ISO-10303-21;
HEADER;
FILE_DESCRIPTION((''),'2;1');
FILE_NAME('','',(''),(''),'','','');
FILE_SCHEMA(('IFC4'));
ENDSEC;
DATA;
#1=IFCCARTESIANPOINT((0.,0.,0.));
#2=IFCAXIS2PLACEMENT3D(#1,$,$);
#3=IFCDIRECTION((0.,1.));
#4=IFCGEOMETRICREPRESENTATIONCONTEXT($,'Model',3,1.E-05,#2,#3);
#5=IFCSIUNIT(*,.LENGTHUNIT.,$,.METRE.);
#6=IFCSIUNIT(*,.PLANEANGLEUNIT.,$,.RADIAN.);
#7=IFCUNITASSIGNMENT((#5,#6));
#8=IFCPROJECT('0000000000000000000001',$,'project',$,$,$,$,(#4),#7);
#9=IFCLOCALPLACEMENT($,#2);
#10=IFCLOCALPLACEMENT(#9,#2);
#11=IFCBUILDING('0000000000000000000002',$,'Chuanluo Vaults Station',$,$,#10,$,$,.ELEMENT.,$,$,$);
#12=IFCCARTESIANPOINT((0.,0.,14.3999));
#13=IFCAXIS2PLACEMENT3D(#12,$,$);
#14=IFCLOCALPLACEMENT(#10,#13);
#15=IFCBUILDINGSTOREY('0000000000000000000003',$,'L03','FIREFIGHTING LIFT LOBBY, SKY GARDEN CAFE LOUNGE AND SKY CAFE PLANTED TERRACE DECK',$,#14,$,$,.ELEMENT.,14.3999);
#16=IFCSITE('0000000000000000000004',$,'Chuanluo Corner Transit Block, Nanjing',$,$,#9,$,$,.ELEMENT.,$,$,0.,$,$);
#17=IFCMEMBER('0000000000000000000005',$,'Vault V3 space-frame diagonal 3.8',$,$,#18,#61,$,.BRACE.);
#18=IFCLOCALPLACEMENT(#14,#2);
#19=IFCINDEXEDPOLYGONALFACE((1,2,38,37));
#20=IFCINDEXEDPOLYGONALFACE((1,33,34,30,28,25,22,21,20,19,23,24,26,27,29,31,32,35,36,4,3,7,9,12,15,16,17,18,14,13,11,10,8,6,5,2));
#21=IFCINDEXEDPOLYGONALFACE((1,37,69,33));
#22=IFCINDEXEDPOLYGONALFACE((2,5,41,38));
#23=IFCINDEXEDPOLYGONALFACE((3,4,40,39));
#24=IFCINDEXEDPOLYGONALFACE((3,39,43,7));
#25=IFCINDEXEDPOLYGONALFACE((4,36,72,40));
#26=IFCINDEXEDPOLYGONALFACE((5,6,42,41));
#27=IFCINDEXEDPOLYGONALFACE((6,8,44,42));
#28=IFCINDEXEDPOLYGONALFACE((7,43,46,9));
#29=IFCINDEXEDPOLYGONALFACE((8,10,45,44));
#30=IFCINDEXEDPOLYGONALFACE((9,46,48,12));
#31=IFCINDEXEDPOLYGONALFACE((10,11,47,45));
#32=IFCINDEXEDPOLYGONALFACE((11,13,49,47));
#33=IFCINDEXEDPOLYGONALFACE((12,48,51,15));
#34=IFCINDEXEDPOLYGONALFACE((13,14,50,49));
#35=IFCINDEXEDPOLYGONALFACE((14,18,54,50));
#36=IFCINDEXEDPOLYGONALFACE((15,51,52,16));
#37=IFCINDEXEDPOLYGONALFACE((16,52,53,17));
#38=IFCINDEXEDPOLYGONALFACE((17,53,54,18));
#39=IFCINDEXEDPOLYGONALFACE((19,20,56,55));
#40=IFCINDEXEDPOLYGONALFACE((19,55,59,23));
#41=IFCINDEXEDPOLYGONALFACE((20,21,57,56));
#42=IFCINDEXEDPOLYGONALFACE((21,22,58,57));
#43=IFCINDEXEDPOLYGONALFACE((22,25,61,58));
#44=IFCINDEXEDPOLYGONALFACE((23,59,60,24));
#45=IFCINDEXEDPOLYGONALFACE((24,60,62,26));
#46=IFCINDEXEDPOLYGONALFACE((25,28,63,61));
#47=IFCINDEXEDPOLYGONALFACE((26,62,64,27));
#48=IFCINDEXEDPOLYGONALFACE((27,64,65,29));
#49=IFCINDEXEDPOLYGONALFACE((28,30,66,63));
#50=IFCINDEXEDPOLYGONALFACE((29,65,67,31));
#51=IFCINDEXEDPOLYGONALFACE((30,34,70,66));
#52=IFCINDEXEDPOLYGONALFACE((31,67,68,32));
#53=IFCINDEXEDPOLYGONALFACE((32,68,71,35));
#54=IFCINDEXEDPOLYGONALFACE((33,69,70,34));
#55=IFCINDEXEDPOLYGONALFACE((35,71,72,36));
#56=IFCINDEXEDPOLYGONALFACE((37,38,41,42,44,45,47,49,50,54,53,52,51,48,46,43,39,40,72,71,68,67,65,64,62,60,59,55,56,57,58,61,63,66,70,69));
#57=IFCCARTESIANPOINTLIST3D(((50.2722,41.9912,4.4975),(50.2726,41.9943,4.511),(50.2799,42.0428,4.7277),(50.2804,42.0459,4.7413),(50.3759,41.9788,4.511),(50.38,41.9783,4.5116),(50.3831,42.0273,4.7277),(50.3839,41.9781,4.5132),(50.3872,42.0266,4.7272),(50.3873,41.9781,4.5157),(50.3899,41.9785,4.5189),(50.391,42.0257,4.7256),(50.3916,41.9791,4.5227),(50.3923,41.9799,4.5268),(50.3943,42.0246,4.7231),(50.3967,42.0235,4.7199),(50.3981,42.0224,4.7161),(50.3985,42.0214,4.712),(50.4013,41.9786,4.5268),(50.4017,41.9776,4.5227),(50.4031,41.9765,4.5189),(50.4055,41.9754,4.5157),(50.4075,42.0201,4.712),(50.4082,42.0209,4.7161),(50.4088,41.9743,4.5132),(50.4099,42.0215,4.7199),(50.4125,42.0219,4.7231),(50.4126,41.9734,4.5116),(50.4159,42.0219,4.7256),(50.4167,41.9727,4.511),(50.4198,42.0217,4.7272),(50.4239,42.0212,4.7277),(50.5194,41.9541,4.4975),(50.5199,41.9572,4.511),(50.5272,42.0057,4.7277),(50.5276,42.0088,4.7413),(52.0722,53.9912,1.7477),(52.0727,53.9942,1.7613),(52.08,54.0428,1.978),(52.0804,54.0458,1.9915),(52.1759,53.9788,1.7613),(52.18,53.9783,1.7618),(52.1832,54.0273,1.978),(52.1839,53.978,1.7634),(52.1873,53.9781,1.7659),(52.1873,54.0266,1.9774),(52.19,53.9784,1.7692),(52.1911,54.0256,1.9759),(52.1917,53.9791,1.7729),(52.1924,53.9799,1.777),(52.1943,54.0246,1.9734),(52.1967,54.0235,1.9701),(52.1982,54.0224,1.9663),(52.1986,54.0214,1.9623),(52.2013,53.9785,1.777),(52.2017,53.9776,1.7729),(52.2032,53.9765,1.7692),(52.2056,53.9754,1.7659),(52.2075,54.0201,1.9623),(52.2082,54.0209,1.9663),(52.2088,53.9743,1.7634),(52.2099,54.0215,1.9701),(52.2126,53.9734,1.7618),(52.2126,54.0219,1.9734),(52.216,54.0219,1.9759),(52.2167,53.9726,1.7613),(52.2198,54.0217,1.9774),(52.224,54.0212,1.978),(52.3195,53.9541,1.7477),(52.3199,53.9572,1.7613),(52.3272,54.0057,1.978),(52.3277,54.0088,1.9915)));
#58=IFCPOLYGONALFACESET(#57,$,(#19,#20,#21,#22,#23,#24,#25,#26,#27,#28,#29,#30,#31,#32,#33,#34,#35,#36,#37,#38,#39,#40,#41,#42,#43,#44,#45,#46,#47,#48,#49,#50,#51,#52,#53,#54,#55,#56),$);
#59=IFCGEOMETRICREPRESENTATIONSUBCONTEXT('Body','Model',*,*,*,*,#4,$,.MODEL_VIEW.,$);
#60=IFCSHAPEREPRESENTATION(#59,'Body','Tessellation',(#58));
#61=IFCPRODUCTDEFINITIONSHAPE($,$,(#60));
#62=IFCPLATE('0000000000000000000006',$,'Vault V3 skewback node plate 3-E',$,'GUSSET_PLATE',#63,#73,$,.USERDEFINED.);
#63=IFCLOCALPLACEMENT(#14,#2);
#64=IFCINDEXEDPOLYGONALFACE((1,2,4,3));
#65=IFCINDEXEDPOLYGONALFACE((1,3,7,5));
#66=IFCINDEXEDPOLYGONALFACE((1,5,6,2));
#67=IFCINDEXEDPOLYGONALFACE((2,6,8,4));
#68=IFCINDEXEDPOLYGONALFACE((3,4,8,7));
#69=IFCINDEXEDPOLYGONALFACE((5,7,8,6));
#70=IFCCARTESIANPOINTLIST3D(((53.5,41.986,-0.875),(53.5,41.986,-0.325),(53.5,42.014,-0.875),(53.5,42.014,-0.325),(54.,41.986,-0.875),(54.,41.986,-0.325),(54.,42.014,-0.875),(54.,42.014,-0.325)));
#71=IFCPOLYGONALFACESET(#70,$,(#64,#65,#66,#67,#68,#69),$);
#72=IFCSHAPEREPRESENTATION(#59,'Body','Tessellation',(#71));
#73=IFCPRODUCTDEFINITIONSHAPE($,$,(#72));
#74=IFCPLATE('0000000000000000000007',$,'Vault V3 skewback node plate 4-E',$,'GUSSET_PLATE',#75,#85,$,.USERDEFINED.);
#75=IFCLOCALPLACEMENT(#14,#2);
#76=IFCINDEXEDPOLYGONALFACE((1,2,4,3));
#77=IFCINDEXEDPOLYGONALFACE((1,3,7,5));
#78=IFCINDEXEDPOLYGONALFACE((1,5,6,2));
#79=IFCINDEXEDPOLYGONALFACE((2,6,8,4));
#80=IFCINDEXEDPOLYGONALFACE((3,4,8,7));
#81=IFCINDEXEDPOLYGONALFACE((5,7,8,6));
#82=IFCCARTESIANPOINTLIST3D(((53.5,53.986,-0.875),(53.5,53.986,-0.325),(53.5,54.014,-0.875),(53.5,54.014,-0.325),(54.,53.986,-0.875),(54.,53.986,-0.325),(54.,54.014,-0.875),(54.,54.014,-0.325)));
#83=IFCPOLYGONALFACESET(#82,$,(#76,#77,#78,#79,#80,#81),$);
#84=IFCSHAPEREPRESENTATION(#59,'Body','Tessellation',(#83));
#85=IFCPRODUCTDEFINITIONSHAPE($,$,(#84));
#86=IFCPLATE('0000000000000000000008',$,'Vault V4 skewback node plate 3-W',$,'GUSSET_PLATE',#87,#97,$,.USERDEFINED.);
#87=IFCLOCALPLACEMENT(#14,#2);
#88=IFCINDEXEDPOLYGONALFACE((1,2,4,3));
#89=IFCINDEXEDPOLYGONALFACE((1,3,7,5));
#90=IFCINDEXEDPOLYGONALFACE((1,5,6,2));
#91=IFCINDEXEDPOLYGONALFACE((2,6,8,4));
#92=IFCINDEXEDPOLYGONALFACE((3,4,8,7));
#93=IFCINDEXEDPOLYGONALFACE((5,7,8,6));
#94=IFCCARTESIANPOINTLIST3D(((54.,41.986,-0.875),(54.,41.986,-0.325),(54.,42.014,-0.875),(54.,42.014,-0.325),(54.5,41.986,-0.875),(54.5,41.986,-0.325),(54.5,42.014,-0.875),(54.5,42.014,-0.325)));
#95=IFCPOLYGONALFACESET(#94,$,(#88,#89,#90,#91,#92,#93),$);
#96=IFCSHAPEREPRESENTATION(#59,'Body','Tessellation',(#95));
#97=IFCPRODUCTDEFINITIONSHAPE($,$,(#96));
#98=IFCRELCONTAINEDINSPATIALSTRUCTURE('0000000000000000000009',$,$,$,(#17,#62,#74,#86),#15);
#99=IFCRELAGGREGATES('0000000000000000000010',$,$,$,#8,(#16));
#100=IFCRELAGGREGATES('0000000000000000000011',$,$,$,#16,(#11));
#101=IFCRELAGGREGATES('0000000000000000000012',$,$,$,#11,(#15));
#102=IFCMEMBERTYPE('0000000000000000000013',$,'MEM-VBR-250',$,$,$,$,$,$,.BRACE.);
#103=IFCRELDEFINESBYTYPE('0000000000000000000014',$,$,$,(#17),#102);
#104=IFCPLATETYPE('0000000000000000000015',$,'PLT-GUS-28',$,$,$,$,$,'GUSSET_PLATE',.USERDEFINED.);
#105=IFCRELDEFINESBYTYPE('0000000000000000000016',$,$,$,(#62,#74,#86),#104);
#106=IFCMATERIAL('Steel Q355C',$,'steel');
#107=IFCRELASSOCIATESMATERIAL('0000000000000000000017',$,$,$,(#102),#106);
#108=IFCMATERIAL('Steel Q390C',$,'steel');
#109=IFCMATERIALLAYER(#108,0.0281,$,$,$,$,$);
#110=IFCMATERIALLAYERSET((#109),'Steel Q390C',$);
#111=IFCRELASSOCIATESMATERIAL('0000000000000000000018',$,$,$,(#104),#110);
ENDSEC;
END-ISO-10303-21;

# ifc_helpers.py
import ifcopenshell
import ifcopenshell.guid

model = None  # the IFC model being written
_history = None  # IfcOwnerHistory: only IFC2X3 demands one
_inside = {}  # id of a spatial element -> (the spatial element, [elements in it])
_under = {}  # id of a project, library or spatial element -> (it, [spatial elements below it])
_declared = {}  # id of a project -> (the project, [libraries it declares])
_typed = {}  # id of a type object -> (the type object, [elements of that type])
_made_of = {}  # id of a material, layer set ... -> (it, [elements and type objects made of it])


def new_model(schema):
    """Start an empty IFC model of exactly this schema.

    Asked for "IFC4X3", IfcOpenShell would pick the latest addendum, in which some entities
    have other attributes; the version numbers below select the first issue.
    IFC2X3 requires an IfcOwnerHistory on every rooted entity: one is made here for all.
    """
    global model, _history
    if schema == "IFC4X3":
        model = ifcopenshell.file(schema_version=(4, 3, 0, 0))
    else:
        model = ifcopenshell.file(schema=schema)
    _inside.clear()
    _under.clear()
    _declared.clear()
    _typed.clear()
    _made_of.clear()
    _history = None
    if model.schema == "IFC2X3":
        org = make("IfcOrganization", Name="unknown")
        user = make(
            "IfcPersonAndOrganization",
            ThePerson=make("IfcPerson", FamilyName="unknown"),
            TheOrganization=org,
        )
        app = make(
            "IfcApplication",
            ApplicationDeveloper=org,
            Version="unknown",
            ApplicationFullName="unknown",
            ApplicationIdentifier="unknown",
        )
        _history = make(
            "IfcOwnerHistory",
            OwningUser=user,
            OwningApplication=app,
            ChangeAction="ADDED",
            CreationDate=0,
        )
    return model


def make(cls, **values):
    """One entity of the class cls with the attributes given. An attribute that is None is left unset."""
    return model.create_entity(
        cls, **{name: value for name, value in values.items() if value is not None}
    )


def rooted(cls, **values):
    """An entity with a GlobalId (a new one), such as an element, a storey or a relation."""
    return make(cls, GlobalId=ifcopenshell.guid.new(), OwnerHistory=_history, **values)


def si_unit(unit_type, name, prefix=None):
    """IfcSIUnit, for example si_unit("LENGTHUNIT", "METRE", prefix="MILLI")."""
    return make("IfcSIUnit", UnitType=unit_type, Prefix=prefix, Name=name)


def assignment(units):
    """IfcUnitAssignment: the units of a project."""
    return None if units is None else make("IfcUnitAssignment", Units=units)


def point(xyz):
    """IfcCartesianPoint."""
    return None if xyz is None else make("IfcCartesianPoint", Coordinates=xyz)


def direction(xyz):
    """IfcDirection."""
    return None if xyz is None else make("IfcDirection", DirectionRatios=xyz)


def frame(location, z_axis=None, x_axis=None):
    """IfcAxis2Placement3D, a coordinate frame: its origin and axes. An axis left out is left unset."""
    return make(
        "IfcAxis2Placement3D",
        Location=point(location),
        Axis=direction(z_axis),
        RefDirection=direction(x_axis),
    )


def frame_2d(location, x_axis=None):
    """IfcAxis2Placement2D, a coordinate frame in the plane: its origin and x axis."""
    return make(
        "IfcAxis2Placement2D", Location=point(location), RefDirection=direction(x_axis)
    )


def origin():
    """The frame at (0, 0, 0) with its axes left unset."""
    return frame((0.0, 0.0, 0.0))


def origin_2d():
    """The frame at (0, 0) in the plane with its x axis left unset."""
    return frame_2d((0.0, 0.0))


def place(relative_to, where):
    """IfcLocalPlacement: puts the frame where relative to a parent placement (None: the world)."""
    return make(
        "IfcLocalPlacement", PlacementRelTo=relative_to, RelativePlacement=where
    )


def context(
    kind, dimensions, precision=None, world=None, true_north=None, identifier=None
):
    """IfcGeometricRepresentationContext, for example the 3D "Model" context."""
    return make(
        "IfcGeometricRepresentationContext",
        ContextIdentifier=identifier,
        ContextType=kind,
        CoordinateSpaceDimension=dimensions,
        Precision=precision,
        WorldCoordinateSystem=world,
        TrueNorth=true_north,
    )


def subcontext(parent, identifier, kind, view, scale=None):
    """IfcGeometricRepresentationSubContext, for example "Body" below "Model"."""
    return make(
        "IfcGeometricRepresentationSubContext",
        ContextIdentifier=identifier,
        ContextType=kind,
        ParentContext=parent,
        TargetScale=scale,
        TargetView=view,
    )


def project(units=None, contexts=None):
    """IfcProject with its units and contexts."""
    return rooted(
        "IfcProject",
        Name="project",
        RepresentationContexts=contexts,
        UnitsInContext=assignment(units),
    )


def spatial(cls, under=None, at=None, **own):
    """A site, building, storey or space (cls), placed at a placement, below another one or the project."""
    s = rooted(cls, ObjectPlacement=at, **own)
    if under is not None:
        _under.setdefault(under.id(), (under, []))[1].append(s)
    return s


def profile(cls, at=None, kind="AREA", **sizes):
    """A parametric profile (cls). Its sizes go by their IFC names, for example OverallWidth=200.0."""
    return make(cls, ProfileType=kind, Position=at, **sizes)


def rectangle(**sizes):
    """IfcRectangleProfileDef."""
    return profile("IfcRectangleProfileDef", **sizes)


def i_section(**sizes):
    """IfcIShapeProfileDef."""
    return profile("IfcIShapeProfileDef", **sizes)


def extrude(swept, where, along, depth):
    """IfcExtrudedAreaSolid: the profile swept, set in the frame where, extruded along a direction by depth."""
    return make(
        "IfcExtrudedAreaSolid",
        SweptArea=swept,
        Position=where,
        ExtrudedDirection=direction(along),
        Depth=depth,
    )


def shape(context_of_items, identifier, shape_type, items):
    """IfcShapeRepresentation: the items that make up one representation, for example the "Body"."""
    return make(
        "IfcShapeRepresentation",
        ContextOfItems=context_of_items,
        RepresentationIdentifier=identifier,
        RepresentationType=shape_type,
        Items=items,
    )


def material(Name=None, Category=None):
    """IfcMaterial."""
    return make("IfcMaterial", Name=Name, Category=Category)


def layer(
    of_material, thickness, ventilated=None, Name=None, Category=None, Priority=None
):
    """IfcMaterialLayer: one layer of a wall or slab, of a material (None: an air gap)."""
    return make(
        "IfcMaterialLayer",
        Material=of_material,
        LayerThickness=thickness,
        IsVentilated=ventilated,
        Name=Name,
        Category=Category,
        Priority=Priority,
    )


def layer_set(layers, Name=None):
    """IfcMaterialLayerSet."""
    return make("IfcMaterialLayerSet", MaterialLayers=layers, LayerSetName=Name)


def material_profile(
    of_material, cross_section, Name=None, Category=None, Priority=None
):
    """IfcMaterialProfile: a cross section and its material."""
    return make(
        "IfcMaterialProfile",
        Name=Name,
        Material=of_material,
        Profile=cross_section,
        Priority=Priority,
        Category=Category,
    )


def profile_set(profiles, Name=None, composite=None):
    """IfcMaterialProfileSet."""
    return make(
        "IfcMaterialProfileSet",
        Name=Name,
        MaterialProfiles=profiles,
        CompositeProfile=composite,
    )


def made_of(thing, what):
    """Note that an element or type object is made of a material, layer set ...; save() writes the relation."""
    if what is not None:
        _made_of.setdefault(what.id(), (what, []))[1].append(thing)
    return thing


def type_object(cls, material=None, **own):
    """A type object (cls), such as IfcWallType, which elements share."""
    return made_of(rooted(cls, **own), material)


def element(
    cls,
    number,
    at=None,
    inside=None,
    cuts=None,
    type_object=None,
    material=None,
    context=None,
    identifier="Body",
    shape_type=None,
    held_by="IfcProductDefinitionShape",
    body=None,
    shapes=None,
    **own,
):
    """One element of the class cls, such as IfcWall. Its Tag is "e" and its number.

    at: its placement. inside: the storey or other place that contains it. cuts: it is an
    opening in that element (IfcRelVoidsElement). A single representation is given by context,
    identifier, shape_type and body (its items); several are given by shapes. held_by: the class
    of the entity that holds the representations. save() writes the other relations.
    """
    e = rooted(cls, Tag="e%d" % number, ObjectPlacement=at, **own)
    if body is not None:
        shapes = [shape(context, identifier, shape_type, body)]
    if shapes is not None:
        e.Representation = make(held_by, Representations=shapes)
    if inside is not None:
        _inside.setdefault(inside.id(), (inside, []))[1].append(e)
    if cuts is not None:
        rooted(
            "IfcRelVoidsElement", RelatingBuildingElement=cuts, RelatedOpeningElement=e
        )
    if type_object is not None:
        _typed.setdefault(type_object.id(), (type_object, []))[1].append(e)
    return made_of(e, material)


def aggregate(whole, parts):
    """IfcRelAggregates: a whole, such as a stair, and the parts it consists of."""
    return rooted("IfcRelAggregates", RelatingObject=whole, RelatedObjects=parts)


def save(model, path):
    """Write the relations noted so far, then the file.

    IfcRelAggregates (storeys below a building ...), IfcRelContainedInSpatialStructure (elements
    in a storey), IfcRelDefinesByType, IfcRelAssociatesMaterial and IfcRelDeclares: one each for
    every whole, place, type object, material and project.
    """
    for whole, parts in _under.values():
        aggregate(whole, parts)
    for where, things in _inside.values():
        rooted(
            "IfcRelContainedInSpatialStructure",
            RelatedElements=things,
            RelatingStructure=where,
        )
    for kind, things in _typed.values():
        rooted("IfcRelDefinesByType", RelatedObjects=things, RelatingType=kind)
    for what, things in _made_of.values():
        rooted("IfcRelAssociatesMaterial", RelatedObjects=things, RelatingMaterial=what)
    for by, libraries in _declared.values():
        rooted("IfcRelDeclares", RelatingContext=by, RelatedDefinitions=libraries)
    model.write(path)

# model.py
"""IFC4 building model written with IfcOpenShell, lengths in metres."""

from ifc_helpers import new_model, si_unit, direction, frame, origin, origin_2d, place, context, subcontext, project, spatial, rectangle, i_section, extrude, material, layer, layer_set, material_profile, profile_set, type_object, element, save


model = new_model("IFC4")

# Units and contexts
model_context = context("Model", 3, precision=1e-05, world=origin(), true_north=direction((0.0, 1.0)))
body_context = subcontext(model_context, "Body", "Model", "MODEL_VIEW")
ifc_project = project(units=[si_unit("LENGTHUNIT", "METRE"), si_unit("PLANEANGLEUNIT", "RADIAN")], contexts=[model_context])

# Site, building, storey
site_placement = place(None, origin())
site = spatial("IfcSite", under=ifc_project, at=site_placement, Name="Chuanluo Corner Transit Block, Nanjing", CompositionType="ELEMENT", RefElevation=0.0)
building_placement = place(site_placement, origin())
building = spatial("IfcBuilding", under=site, at=building_placement, Name="Chuanluo Vaults Station", CompositionType="ELEMENT")
storey_placement = place(building_placement, frame((0.0, 0.0, 14.3999)))
storey = spatial("IfcBuildingStorey", under=building, at=storey_placement, Name="L03", Description="FIREFIGHTING LIFT LOBBY, SKY GARDEN CAFE LOUNGE AND SKY CAFE PLANTED TERRACE DECK", CompositionType="ELEMENT", Elevation=14.3999)

# Member
ifc_material_1 = material(Name="Steel Q355C", Category="steel")
ifc_material_profile_1 = material_profile(ifc_material_1, i_section(OverallWidth=0.25, OverallDepth=0.25, WebThickness=0.009, FlangeThickness=0.0139, FilletRadius=0.0161, at=origin_2d()))
ifc_profile_set_1 = profile_set([ifc_material_profile_1], Name="Steel Q355C")
member_type_1 = type_object("IfcMemberType", Name="MEM-VBR-250", PredefinedType="BRACE", material=ifc_profile_set_1)
member_1_placement = place(storey_placement, frame((50.3999, 42.0, 4.6194), z_axis=(0.144676, 0.964481, -0.221007), x_axis=(-0.988936, 0.148344, 0.0)))
element("IfcMember", 1, at=member_1_placement, inside=storey, type_object=member_type_1, Name="Vault V3 space-frame diagonal 3.8", PredefinedType="BRACE", context=body_context, shape_type="SweptSolid", body=[
    extrude(i_section(OverallWidth=0.25, OverallDepth=0.25, WebThickness=0.009, FlangeThickness=0.0139, FilletRadius=0.0161, at=origin_2d()), origin(), (0.0, 0.0, 1.0), 12.4419),
])

# Plates
ifc_material_2 = material(Name="Steel Q390C", Category="steel")
ifc_layer = layer(ifc_material_2, 0.0281)
ifc_layer_set = layer_set([ifc_layer], Name="Steel Q390C")
plate_type = type_object("IfcPlateType", Name="PLT-GUS-28", ElementType="GUSSET_PLATE", PredefinedType="USERDEFINED", material=ifc_layer_set)
for number, where, z_axis, x_axis, name in (
    (2, (53.75, 42.0, -0.875), (0.0, 0.0, 1.0), (1.0, 0.0, 0.0), "Vault V3 skewback node plate 3-E"),
    (3, (53.75, 54.0, -0.875), (0.0, 0.0, 1.0), (1.0, 0.0, 0.0), "Vault V3 skewback node plate 4-E"),
    (4, (54.25, 42.0, -0.875), (0.0, 0.0, 1.0), (1.0, 0.0, 0.0), "Vault V4 skewback node plate 3-W"),
):
    element("IfcPlate", number, at=place(storey_placement, frame(where, z_axis=z_axis, x_axis=x_axis)), inside=storey, type_object=plate_type, Name=name, ObjectType="GUSSET_PLATE", PredefinedType="USERDEFINED", context=body_context, shape_type="SweptSolid", body=[
        extrude(rectangle(XDim=0.5, YDim=0.0281, at=origin_2d()), origin(), (0.0, 0.0, 1.0), 0.55),
    ])

save(model, "model.ifc")
